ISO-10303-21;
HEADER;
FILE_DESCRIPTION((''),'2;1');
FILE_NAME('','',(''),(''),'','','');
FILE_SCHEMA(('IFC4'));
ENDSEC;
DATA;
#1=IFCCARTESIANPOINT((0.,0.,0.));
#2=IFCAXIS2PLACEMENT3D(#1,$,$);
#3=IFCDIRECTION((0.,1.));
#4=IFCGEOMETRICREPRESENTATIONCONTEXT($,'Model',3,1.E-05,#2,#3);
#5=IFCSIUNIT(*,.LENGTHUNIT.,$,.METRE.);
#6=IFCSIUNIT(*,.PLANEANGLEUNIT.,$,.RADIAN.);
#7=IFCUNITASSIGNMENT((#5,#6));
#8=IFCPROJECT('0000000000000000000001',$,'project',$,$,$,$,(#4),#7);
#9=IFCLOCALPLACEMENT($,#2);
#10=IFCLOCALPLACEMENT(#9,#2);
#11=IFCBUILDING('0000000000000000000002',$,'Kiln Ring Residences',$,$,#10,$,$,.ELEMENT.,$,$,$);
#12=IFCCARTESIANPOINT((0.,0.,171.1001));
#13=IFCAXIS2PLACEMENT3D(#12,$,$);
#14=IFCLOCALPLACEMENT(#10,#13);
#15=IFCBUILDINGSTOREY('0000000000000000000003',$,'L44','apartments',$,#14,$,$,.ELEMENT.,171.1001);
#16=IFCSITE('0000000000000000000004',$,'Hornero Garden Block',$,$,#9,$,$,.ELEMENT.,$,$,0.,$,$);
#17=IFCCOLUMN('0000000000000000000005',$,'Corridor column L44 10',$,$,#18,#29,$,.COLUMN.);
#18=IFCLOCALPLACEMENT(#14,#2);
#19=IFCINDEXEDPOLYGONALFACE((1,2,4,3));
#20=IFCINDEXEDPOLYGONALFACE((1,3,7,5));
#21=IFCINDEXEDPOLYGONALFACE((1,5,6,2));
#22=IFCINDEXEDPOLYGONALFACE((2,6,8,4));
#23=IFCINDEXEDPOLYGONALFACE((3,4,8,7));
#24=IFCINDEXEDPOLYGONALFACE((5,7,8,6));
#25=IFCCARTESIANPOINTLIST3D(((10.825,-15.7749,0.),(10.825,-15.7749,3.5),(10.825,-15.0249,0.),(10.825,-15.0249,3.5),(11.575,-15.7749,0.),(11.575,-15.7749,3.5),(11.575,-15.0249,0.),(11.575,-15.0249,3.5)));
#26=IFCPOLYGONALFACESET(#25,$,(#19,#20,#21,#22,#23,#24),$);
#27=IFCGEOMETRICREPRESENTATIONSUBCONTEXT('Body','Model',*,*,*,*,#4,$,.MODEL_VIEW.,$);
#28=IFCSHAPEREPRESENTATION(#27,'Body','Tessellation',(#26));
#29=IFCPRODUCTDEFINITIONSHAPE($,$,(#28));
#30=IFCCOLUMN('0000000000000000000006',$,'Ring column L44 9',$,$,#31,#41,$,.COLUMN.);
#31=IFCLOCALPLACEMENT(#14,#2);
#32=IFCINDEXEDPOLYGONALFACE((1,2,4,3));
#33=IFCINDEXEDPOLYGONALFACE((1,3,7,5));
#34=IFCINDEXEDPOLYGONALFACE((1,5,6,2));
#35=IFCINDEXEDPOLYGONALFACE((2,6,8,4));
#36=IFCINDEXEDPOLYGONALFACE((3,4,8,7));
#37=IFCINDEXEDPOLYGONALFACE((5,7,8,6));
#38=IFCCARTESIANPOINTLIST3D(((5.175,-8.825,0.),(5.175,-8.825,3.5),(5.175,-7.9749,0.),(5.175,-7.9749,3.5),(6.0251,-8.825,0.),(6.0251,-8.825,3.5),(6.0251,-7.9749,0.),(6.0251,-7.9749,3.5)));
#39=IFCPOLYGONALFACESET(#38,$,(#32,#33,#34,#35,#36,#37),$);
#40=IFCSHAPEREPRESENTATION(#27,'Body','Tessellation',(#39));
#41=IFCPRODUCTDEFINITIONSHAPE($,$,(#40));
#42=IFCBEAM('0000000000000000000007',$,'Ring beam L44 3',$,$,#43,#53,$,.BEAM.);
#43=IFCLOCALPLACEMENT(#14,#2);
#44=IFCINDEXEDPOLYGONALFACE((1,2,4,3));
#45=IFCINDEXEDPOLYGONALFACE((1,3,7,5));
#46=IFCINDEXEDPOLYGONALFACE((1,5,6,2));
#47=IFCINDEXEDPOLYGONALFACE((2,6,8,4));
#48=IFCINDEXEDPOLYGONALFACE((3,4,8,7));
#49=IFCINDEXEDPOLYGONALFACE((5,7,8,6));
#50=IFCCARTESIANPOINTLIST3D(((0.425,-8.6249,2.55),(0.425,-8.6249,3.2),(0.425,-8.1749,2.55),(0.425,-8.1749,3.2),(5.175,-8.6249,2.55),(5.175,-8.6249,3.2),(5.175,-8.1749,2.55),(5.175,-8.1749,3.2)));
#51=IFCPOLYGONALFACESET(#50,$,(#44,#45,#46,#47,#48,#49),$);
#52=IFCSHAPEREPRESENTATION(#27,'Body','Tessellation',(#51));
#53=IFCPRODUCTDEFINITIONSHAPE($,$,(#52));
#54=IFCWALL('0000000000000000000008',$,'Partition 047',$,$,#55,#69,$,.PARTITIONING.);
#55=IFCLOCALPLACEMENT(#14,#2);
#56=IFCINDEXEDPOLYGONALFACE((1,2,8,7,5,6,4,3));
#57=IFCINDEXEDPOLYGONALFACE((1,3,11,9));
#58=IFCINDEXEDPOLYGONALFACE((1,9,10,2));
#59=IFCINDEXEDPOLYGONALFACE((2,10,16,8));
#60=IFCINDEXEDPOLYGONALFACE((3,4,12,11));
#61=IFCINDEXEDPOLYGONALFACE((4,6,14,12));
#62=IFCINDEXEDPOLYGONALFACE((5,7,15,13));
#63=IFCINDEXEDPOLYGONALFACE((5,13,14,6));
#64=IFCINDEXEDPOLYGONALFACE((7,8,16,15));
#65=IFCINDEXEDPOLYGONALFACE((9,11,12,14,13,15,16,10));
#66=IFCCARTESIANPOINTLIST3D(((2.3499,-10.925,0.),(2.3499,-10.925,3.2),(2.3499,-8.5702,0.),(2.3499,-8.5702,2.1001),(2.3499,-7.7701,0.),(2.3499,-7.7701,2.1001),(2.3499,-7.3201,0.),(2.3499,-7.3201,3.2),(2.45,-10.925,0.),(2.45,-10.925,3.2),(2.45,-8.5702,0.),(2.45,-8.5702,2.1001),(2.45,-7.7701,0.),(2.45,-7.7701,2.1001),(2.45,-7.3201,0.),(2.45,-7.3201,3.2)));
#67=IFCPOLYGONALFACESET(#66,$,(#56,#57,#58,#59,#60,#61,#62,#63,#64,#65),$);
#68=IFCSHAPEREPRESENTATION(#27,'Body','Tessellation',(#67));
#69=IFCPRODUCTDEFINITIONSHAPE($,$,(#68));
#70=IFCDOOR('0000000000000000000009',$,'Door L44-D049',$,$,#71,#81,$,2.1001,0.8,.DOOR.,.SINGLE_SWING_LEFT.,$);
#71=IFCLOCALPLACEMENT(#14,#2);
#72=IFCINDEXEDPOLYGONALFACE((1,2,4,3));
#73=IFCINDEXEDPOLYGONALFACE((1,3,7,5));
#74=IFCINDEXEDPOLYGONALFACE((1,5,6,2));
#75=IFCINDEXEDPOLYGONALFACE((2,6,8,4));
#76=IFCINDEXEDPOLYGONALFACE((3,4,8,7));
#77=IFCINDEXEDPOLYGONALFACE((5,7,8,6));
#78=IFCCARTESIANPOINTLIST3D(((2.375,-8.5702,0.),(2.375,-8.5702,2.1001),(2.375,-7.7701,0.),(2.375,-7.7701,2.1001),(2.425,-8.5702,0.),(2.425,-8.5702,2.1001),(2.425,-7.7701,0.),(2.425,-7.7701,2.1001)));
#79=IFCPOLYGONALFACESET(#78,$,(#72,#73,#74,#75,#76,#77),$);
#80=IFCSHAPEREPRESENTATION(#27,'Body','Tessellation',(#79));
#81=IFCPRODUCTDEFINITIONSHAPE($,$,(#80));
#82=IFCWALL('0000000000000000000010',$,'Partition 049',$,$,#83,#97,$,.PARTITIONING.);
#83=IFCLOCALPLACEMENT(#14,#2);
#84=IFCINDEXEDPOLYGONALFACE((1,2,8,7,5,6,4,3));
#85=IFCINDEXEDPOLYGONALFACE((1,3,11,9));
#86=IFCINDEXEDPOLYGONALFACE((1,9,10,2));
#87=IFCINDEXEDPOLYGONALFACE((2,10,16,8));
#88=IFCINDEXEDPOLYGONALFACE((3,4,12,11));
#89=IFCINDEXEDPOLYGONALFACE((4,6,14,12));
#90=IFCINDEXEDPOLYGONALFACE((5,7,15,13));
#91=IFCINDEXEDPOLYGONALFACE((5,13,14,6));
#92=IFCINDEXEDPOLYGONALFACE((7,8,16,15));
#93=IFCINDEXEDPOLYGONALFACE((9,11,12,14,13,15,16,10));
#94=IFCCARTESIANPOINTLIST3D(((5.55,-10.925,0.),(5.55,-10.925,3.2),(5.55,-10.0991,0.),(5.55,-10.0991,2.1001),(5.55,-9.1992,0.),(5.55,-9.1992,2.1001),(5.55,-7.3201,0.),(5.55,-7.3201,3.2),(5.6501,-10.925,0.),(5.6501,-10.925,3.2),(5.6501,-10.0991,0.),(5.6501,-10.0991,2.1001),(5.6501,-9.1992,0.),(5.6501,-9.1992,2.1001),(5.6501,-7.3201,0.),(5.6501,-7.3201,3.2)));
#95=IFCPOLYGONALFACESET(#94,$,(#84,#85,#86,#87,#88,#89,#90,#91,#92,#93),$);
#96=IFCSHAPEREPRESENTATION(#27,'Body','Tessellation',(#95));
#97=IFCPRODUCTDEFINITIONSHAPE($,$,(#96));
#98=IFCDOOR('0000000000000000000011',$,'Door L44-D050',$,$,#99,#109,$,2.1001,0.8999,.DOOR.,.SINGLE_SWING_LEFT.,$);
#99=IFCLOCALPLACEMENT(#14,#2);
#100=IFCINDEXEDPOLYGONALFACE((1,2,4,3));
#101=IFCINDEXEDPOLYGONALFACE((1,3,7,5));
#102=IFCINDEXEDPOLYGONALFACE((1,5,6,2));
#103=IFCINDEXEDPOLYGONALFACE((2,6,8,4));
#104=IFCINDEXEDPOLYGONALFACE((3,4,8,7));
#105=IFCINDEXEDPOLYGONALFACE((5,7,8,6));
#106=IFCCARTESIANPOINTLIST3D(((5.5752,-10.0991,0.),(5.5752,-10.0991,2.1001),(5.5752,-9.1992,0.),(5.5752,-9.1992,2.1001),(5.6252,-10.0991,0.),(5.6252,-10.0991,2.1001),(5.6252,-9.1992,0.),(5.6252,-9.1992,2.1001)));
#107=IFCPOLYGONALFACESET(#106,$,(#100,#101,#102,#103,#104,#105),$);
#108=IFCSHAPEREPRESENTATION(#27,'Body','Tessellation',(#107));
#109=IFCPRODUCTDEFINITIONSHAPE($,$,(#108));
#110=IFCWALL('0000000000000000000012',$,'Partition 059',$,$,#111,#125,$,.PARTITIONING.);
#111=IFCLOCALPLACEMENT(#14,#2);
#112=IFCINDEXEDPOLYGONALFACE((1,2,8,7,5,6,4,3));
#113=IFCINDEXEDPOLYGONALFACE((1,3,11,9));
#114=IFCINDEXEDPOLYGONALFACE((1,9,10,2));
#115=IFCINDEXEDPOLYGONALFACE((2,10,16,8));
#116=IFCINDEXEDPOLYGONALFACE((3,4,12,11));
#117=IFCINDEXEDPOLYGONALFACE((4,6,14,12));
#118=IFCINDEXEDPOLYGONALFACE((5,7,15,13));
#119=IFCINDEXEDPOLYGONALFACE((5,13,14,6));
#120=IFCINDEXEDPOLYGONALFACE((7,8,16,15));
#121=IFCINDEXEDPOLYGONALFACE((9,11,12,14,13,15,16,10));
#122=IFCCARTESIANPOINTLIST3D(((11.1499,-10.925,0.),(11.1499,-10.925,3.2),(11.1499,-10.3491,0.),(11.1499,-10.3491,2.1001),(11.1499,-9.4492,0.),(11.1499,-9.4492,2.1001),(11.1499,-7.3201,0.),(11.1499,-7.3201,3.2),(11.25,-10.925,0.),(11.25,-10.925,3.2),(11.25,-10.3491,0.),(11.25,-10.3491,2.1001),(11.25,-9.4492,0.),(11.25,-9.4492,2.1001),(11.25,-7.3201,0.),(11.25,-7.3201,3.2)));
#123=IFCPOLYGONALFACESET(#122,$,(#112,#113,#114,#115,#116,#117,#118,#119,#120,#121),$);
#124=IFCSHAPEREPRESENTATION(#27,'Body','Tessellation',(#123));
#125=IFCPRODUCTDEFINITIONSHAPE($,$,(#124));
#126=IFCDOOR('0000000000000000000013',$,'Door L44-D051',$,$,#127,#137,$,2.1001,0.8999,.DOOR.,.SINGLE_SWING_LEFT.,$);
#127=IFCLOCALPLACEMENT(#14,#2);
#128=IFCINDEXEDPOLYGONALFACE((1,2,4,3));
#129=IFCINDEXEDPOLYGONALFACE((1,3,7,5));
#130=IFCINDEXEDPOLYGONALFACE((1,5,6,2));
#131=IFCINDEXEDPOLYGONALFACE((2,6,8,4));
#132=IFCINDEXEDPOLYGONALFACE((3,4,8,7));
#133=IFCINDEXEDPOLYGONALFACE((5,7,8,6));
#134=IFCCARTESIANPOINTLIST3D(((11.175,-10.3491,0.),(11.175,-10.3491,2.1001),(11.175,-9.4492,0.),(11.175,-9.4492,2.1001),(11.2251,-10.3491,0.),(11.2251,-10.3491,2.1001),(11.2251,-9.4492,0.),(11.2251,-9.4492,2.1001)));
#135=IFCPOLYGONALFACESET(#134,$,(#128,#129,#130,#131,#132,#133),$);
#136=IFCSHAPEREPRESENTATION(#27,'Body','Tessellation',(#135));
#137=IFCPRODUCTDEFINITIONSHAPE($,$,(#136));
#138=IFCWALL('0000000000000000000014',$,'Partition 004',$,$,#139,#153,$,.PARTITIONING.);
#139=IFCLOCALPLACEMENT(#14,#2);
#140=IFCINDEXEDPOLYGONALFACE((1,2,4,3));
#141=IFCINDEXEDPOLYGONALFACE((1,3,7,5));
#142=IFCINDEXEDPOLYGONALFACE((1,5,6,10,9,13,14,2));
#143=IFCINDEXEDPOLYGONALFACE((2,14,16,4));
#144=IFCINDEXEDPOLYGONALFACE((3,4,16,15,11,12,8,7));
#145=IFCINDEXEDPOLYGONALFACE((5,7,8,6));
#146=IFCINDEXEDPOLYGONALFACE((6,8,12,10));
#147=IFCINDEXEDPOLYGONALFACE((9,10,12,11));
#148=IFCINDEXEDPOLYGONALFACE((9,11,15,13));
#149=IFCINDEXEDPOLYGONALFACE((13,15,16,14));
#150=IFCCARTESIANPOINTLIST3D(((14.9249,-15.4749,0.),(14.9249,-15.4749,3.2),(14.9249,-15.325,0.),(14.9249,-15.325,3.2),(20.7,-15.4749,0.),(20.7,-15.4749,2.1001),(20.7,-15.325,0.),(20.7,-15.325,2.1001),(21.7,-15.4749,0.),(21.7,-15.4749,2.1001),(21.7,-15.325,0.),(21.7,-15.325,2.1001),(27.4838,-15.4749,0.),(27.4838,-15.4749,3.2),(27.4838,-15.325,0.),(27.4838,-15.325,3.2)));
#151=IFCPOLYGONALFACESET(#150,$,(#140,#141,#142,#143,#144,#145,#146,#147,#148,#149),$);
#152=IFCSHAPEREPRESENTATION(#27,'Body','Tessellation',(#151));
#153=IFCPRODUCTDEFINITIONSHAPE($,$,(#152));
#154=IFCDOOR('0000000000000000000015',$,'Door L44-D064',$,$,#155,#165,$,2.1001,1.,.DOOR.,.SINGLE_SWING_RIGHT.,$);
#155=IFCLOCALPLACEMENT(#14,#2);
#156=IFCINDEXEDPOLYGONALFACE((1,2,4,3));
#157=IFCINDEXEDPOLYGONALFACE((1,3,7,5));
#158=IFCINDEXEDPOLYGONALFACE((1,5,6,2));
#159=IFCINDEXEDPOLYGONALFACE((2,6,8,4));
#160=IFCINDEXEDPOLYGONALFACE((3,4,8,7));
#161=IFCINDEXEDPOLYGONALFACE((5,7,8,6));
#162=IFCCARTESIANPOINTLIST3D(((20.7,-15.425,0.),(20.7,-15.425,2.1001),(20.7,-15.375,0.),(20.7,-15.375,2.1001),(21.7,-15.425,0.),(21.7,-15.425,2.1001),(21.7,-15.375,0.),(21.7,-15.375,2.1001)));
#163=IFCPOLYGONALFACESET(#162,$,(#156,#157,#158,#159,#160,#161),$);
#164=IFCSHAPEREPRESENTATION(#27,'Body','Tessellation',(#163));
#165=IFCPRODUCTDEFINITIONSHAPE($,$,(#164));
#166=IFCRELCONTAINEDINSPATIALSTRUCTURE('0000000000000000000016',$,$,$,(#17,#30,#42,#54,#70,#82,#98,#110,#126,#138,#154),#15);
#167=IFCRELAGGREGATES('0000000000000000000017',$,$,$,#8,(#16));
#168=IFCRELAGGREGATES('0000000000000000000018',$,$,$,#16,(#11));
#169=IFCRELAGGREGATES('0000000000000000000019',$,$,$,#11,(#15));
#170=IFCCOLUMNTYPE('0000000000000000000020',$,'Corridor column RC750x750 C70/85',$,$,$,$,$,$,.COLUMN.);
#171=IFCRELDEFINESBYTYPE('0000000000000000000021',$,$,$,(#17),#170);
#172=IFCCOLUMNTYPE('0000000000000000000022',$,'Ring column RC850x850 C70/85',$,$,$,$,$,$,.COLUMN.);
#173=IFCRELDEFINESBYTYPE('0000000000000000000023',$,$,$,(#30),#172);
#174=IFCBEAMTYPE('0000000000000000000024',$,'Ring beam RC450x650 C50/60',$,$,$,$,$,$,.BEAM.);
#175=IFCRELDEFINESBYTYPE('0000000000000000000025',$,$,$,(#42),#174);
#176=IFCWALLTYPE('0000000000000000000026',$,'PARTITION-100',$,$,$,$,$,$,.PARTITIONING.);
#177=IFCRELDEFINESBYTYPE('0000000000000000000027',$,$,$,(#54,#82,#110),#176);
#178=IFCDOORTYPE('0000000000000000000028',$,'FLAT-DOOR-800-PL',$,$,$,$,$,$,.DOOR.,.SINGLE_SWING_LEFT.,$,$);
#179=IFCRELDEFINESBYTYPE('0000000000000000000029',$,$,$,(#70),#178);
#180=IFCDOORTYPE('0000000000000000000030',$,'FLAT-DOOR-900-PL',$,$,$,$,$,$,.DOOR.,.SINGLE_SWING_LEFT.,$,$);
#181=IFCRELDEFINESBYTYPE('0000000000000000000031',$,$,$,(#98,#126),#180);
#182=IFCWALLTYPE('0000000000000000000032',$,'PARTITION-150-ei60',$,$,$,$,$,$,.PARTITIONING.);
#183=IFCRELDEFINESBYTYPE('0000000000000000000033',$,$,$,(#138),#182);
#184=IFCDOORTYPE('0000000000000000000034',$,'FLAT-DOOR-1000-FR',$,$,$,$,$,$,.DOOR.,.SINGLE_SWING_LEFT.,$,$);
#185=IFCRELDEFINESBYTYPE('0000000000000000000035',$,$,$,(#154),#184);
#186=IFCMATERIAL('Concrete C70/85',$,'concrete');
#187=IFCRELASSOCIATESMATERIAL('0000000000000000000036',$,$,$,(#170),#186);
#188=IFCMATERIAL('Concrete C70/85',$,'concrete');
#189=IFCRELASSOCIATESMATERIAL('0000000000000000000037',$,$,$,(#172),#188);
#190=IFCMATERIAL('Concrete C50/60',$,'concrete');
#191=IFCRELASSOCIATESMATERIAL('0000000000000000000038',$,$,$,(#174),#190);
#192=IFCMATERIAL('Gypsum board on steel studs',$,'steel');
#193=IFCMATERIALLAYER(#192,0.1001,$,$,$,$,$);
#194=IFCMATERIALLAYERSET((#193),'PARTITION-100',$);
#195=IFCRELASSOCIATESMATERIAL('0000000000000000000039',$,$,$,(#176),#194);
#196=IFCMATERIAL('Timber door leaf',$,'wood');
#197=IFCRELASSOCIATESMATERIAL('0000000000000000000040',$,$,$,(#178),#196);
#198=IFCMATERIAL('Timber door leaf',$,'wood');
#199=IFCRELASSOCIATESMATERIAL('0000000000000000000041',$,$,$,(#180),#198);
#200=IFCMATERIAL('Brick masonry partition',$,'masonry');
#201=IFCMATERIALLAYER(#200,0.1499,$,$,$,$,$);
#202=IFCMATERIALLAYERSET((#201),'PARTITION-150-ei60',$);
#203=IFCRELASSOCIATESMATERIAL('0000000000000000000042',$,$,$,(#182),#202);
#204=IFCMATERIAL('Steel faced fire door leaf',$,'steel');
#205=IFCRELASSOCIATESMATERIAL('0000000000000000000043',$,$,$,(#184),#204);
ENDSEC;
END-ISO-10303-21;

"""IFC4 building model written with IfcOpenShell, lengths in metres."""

from ifc_helpers import new_model, si_unit, direction, frame, frame_2d, origin, origin_2d, place, context, subcontext, project, spatial, rectangle, extrude, material, layer, layer_set, material_profile, profile_set, type_object, element, fill, save


model = new_model("IFC4")

# Units and contexts
model_context = context("Model", 3, precision=1e-05, world=origin(), true_north=direction((0.0, 1.0)))
body_context = subcontext(model_context, "Body", "Model", "MODEL_VIEW")
ifc_project = project(units=[si_unit("LENGTHUNIT", "METRE"), si_unit("PLANEANGLEUNIT", "RADIAN")], contexts=[model_context])

# Site, building, storey
site_placement = place(None, origin())
site = spatial("IfcSite", under=ifc_project, at=site_placement, Name="Hornero Garden Block", CompositionType="ELEMENT", RefElevation=0.0)
building_placement = place(site_placement, origin())
building = spatial("IfcBuilding", under=site, at=building_placement, Name="Kiln Ring Residences", CompositionType="ELEMENT")
storey_placement = place(building_placement, frame((0.0, 0.0, 171.1001)))
storey = spatial("IfcBuildingStorey", under=building, at=storey_placement, Name="L44", Description="apartments", CompositionType="ELEMENT", Elevation=171.1001)

# Columns
ifc_material_1 = material(Name="Concrete C70/85", Category="concrete")
ifc_material_profile_1 = material_profile(ifc_material_1, rectangle(XDim=0.75, YDim=0.75, at=origin_2d()), Name="RC750x750")
ifc_profile_set_1 = profile_set([ifc_material_profile_1], Name="Concrete C70/85")
column_type_1 = type_object("IfcColumnType", Name="Corridor column RC750x750 C70/85", PredefinedType="COLUMN", material=ifc_profile_set_1)
column_1_placement = place(storey_placement, frame((11.2, -15.3999, 0.0), z_axis=(0.0, 0.0, 1.0), x_axis=(1.0, 0.0, 0.0)))
element("IfcColumn", 1, at=column_1_placement, inside=storey, type_object=column_type_1, Name="Corridor column L44 10", PredefinedType="COLUMN", context=body_context, shape_type="SweptSolid", body=[
    extrude(rectangle(XDim=0.75, YDim=0.75, at=origin_2d()), origin(), (0.0, 0.0, 1.0), 3.5),
])
ifc_material_2 = material(Name="Concrete C70/85", Category="concrete")
ifc_material_profile_2 = material_profile(ifc_material_2, rectangle(XDim=0.8501, YDim=0.8501, at=origin_2d()), Name="RC850x850")
ifc_profile_set_2 = profile_set([ifc_material_profile_2], Name="Concrete C70/85")
column_type_2 = type_object("IfcColumnType", Name="Ring column RC850x850 C70/85", PredefinedType="COLUMN", material=ifc_profile_set_2)
column_2_placement = place(storey_placement, frame((5.6001, -8.3999, 0.0), z_axis=(0.0, 0.0, 1.0), x_axis=(1.0, 0.0, 0.0)))
element("IfcColumn", 2, at=column_2_placement, inside=storey, type_object=column_type_2, Name="Ring column L44 9", PredefinedType="COLUMN", context=body_context, shape_type="SweptSolid", body=[
    extrude(rectangle(XDim=0.8501, YDim=0.8501, at=origin_2d()), origin(), (0.0, 0.0, 1.0), 3.5),
])

# Beam
ifc_material_3 = material(Name="Concrete C50/60", Category="concrete")
ifc_material_profile_3 = material_profile(ifc_material_3, rectangle(XDim=0.45, YDim=0.6499, at=origin_2d()), Name="RC450x650")
ifc_profile_set_3 = profile_set([ifc_material_profile_3], Name="Concrete C50/60")
beam_type = type_object("IfcBeamType", Name="Ring beam RC450x650 C50/60", PredefinedType="BEAM", material=ifc_profile_set_3)
beam_placement = place(storey_placement, frame((0.425, -8.3999, 2.875), z_axis=(1.0, 0.0, 0.0), x_axis=(0.0, 1.0, 0.0)))
element("IfcBeam", 3, at=beam_placement, inside=storey, type_object=beam_type, Name="Ring beam L44 3", PredefinedType="BEAM", context=body_context, shape_type="SweptSolid", body=[
    extrude(rectangle(XDim=0.45, YDim=0.6499, at=origin_2d()), origin(), (0.0, 0.0, 1.0), 4.75),
])

# Walls, openings, doors
ifc_material_4 = material(Name="Gypsum board on steel studs", Category="steel")
ifc_layer_1 = layer(ifc_material_4, 0.1001)
ifc_layer_set_1 = layer_set([ifc_layer_1], Name="PARTITION-100")
wall_type_1 = type_object("IfcWallType", Name="PARTITION-100", PredefinedType="PARTITIONING", material=ifc_layer_set_1)
wall_1_placement = place(storey_placement, frame((2.3999, -10.925, 0.0), z_axis=(0.0, 0.0, 1.0), x_axis=(0.0, 1.0, 0.0)))
wall_1 = element("IfcWall", 4, at=wall_1_placement, inside=storey, type_object=wall_type_1, Name="Partition 047", PredefinedType="PARTITIONING", context=body_context, shape_type="SweptSolid", body=[
    extrude(rectangle(XDim=3.605, YDim=0.1001, at=frame_2d((1.8025, 0.0))), origin(), (0.0, 0.0, 1.0), 3.2),
])
opening_1_placement = place(wall_1_placement, frame((2.355, 0.0, 0.0)))
opening_1 = element("IfcOpeningElement", 5, at=opening_1_placement, cuts=wall_1, PredefinedType="OPENING", context=body_context, shape_type="SweptSolid", body=[
    extrude(rectangle(XDim=0.8, YDim=2.1001, at=frame_2d((0.3999, 1.05))), frame((0.0, 0.0601, 0.0), z_axis=(0.0, -1.0, 0.0), x_axis=(1.0, 0.0, 0.0)), (0.0, 0.0, 1.0), 0.1201),
])
ifc_material_5 = material(Name="Timber door leaf", Category="wood")
door_type_1 = type_object("IfcDoorType", Name="FLAT-DOOR-800-PL", OperationType="SINGLE_SWING_LEFT", PredefinedType="DOOR", material=ifc_material_5)
door_1_placement = place(opening_1_placement, origin())
door_1 = element("IfcDoor", 6, at=door_1_placement, inside=storey, type_object=door_type_1, Name="Door L44-D049", OperationType="SINGLE_SWING_LEFT", OverallHeight=2.1001, OverallWidth=0.8, PredefinedType="DOOR", context=body_context, shape_type="SweptSolid", body=[
    extrude(rectangle(XDim=0.8, YDim=2.1001, at=frame_2d((0.3999, 1.05))), frame((0.0, 0.0249, 0.0), z_axis=(0.0, -1.0, 0.0), x_axis=(1.0, 0.0, 0.0)), (0.0, 0.0, 1.0), 0.05),
])
fill(opening_1, door_1)
wall_2_placement = place(storey_placement, frame((5.6001, -10.925, 0.0), z_axis=(0.0, 0.0, 1.0), x_axis=(0.0, 1.0, 0.0)))
wall_2 = element("IfcWall", 7, at=wall_2_placement, inside=storey, type_object=wall_type_1, Name="Partition 049", PredefinedType="PARTITIONING", context=body_context, shape_type="SweptSolid", body=[
    extrude(rectangle(XDim=3.605, YDim=0.1001, at=frame_2d((1.8025, 0.0))), origin(), (0.0, 0.0, 1.0), 3.2),
])
opening_2_placement = place(wall_2_placement, frame((0.8259, 0.0, 0.0)))
opening_2 = element("IfcOpeningElement", 8, at=opening_2_placement, cuts=wall_2, PredefinedType="OPENING", context=body_context, shape_type="SweptSolid", body=[
    extrude(rectangle(XDim=0.8999, YDim=2.1001, at=frame_2d((0.45, 1.05))), frame((0.0, 0.0601, 0.0), z_axis=(0.0, -1.0, 0.0), x_axis=(1.0, 0.0, 0.0)), (0.0, 0.0, 1.0), 0.1201),
])
ifc_material_6 = material(Name="Timber door leaf", Category="wood")
door_type_2 = type_object("IfcDoorType", Name="FLAT-DOOR-900-PL", OperationType="SINGLE_SWING_LEFT", PredefinedType="DOOR", material=ifc_material_6)
door_2_placement = place(opening_2_placement, origin())
door_2 = element("IfcDoor", 9, at=door_2_placement, inside=storey, type_object=door_type_2, Name="Door L44-D050", OperationType="SINGLE_SWING_LEFT", OverallHeight=2.1001, OverallWidth=0.8999, PredefinedType="DOOR", context=body_context, shape_type="SweptSolid", body=[
    extrude(rectangle(XDim=0.8999, YDim=2.1001, at=frame_2d((0.45, 1.05))), frame((0.0, 0.0249, 0.0), z_axis=(0.0, -1.0, 0.0), x_axis=(1.0, 0.0, 0.0)), (0.0, 0.0, 1.0), 0.05),
])
fill(opening_2, door_2)
wall_3_placement = place(storey_placement, frame((11.2, -10.925, 0.0), z_axis=(0.0, 0.0, 1.0), x_axis=(0.0, 1.0, 0.0)))
wall_3 = element("IfcWall", 10, at=wall_3_placement, inside=storey, type_object=wall_type_1, Name="Partition 059", PredefinedType="PARTITIONING", context=body_context, shape_type="SweptSolid", body=[
    extrude(rectangle(XDim=3.605, YDim=0.1001, at=frame_2d((1.8025, 0.0))), origin(), (0.0, 0.0, 1.0), 3.2),
])
opening_3_placement = place(wall_3_placement, frame((0.5759, 0.0, 0.0)))
opening_3 = element("IfcOpeningElement", 11, at=opening_3_placement, cuts=wall_3, PredefinedType="OPENING", context=body_context, shape_type="SweptSolid", body=[
    extrude(rectangle(XDim=0.8999, YDim=2.1001, at=frame_2d((0.45, 1.05))), frame((0.0, 0.0601, 0.0), z_axis=(0.0, -1.0, 0.0), x_axis=(1.0, 0.0, 0.0)), (0.0, 0.0, 1.0), 0.1201),
])
door_3_placement = place(opening_3_placement, origin())
door_3 = element("IfcDoor", 12, at=door_3_placement, inside=storey, type_object=door_type_2, Name="Door L44-D051", OperationType="SINGLE_SWING_LEFT", OverallHeight=2.1001, OverallWidth=0.8999, PredefinedType="DOOR", context=body_context, shape_type="SweptSolid", body=[
    extrude(rectangle(XDim=0.8999, YDim=2.1001, at=frame_2d((0.45, 1.05))), frame((0.0, 0.0249, 0.0), z_axis=(0.0, -1.0, 0.0), x_axis=(1.0, 0.0, 0.0)), (0.0, 0.0, 1.0), 0.05),
])
fill(opening_3, door_3)
ifc_material_7 = material(Name="Brick masonry partition", Category="masonry")
ifc_layer_2 = layer(ifc_material_7, 0.1499)
ifc_layer_set_2 = layer_set([ifc_layer_2], Name="PARTITION-150-ei60")
wall_type_2 = type_object("IfcWallType", Name="PARTITION-150-ei60", PredefinedType="PARTITIONING", material=ifc_layer_set_2)
wall_4_placement = place(storey_placement, frame((14.925, -15.3999, 0.0), z_axis=(0.0, 0.0, 1.0), x_axis=(1.0, 0.0, 0.0)))
wall_4 = element("IfcWall", 13, at=wall_4_placement, inside=storey, type_object=wall_type_2, Name="Partition 004", PredefinedType="PARTITIONING", context=body_context, shape_type="SweptSolid", body=[
    extrude(rectangle(XDim=12.5588, YDim=0.1499, at=frame_2d((6.2793, 0.0))), origin(), (0.0, 0.0, 1.0), 3.2),
])
opening_4_placement = place(wall_4_placement, frame((5.7749, 0.0, 0.0)))
opening_4 = element("IfcOpeningElement", 14, at=opening_4_placement, cuts=wall_4, PredefinedType="OPENING", context=body_context, shape_type="SweptSolid", body=[
    extrude(rectangle(XDim=1.0, YDim=2.1001, at=frame_2d((0.5, 1.05))), frame((0.0, 0.085, 0.0), z_axis=(0.0, -1.0, 0.0), x_axis=(1.0, 0.0, 0.0)), (0.0, 0.0, 1.0), 0.1699),
])
ifc_material_8 = material(Name="Steel faced fire door leaf", Category="steel")
door_type_3 = type_object("IfcDoorType", Name="FLAT-DOOR-1000-FR", OperationType="SINGLE_SWING_LEFT", PredefinedType="DOOR", material=ifc_material_8)
door_4_placement = place(opening_4_placement, origin())
door_4 = element("IfcDoor", 15, at=door_4_placement, inside=storey, type_object=door_type_3, Name="Door L44-D064", OperationType="SINGLE_SWING_RIGHT", OverallHeight=2.1001, OverallWidth=1.0, PredefinedType="DOOR", context=body_context, shape_type="SweptSolid", body=[
    extrude(rectangle(XDim=1.0, YDim=2.1001, at=frame_2d((0.5, 1.05))), frame((0.0, 0.0249, 0.0), z_axis=(0.0, -1.0, 0.0), x_axis=(1.0, 0.0, 0.0)), (0.0, 0.0, 1.0), 0.05),
])
fill(opening_4, door_4)

save(model, "model.ifc")
